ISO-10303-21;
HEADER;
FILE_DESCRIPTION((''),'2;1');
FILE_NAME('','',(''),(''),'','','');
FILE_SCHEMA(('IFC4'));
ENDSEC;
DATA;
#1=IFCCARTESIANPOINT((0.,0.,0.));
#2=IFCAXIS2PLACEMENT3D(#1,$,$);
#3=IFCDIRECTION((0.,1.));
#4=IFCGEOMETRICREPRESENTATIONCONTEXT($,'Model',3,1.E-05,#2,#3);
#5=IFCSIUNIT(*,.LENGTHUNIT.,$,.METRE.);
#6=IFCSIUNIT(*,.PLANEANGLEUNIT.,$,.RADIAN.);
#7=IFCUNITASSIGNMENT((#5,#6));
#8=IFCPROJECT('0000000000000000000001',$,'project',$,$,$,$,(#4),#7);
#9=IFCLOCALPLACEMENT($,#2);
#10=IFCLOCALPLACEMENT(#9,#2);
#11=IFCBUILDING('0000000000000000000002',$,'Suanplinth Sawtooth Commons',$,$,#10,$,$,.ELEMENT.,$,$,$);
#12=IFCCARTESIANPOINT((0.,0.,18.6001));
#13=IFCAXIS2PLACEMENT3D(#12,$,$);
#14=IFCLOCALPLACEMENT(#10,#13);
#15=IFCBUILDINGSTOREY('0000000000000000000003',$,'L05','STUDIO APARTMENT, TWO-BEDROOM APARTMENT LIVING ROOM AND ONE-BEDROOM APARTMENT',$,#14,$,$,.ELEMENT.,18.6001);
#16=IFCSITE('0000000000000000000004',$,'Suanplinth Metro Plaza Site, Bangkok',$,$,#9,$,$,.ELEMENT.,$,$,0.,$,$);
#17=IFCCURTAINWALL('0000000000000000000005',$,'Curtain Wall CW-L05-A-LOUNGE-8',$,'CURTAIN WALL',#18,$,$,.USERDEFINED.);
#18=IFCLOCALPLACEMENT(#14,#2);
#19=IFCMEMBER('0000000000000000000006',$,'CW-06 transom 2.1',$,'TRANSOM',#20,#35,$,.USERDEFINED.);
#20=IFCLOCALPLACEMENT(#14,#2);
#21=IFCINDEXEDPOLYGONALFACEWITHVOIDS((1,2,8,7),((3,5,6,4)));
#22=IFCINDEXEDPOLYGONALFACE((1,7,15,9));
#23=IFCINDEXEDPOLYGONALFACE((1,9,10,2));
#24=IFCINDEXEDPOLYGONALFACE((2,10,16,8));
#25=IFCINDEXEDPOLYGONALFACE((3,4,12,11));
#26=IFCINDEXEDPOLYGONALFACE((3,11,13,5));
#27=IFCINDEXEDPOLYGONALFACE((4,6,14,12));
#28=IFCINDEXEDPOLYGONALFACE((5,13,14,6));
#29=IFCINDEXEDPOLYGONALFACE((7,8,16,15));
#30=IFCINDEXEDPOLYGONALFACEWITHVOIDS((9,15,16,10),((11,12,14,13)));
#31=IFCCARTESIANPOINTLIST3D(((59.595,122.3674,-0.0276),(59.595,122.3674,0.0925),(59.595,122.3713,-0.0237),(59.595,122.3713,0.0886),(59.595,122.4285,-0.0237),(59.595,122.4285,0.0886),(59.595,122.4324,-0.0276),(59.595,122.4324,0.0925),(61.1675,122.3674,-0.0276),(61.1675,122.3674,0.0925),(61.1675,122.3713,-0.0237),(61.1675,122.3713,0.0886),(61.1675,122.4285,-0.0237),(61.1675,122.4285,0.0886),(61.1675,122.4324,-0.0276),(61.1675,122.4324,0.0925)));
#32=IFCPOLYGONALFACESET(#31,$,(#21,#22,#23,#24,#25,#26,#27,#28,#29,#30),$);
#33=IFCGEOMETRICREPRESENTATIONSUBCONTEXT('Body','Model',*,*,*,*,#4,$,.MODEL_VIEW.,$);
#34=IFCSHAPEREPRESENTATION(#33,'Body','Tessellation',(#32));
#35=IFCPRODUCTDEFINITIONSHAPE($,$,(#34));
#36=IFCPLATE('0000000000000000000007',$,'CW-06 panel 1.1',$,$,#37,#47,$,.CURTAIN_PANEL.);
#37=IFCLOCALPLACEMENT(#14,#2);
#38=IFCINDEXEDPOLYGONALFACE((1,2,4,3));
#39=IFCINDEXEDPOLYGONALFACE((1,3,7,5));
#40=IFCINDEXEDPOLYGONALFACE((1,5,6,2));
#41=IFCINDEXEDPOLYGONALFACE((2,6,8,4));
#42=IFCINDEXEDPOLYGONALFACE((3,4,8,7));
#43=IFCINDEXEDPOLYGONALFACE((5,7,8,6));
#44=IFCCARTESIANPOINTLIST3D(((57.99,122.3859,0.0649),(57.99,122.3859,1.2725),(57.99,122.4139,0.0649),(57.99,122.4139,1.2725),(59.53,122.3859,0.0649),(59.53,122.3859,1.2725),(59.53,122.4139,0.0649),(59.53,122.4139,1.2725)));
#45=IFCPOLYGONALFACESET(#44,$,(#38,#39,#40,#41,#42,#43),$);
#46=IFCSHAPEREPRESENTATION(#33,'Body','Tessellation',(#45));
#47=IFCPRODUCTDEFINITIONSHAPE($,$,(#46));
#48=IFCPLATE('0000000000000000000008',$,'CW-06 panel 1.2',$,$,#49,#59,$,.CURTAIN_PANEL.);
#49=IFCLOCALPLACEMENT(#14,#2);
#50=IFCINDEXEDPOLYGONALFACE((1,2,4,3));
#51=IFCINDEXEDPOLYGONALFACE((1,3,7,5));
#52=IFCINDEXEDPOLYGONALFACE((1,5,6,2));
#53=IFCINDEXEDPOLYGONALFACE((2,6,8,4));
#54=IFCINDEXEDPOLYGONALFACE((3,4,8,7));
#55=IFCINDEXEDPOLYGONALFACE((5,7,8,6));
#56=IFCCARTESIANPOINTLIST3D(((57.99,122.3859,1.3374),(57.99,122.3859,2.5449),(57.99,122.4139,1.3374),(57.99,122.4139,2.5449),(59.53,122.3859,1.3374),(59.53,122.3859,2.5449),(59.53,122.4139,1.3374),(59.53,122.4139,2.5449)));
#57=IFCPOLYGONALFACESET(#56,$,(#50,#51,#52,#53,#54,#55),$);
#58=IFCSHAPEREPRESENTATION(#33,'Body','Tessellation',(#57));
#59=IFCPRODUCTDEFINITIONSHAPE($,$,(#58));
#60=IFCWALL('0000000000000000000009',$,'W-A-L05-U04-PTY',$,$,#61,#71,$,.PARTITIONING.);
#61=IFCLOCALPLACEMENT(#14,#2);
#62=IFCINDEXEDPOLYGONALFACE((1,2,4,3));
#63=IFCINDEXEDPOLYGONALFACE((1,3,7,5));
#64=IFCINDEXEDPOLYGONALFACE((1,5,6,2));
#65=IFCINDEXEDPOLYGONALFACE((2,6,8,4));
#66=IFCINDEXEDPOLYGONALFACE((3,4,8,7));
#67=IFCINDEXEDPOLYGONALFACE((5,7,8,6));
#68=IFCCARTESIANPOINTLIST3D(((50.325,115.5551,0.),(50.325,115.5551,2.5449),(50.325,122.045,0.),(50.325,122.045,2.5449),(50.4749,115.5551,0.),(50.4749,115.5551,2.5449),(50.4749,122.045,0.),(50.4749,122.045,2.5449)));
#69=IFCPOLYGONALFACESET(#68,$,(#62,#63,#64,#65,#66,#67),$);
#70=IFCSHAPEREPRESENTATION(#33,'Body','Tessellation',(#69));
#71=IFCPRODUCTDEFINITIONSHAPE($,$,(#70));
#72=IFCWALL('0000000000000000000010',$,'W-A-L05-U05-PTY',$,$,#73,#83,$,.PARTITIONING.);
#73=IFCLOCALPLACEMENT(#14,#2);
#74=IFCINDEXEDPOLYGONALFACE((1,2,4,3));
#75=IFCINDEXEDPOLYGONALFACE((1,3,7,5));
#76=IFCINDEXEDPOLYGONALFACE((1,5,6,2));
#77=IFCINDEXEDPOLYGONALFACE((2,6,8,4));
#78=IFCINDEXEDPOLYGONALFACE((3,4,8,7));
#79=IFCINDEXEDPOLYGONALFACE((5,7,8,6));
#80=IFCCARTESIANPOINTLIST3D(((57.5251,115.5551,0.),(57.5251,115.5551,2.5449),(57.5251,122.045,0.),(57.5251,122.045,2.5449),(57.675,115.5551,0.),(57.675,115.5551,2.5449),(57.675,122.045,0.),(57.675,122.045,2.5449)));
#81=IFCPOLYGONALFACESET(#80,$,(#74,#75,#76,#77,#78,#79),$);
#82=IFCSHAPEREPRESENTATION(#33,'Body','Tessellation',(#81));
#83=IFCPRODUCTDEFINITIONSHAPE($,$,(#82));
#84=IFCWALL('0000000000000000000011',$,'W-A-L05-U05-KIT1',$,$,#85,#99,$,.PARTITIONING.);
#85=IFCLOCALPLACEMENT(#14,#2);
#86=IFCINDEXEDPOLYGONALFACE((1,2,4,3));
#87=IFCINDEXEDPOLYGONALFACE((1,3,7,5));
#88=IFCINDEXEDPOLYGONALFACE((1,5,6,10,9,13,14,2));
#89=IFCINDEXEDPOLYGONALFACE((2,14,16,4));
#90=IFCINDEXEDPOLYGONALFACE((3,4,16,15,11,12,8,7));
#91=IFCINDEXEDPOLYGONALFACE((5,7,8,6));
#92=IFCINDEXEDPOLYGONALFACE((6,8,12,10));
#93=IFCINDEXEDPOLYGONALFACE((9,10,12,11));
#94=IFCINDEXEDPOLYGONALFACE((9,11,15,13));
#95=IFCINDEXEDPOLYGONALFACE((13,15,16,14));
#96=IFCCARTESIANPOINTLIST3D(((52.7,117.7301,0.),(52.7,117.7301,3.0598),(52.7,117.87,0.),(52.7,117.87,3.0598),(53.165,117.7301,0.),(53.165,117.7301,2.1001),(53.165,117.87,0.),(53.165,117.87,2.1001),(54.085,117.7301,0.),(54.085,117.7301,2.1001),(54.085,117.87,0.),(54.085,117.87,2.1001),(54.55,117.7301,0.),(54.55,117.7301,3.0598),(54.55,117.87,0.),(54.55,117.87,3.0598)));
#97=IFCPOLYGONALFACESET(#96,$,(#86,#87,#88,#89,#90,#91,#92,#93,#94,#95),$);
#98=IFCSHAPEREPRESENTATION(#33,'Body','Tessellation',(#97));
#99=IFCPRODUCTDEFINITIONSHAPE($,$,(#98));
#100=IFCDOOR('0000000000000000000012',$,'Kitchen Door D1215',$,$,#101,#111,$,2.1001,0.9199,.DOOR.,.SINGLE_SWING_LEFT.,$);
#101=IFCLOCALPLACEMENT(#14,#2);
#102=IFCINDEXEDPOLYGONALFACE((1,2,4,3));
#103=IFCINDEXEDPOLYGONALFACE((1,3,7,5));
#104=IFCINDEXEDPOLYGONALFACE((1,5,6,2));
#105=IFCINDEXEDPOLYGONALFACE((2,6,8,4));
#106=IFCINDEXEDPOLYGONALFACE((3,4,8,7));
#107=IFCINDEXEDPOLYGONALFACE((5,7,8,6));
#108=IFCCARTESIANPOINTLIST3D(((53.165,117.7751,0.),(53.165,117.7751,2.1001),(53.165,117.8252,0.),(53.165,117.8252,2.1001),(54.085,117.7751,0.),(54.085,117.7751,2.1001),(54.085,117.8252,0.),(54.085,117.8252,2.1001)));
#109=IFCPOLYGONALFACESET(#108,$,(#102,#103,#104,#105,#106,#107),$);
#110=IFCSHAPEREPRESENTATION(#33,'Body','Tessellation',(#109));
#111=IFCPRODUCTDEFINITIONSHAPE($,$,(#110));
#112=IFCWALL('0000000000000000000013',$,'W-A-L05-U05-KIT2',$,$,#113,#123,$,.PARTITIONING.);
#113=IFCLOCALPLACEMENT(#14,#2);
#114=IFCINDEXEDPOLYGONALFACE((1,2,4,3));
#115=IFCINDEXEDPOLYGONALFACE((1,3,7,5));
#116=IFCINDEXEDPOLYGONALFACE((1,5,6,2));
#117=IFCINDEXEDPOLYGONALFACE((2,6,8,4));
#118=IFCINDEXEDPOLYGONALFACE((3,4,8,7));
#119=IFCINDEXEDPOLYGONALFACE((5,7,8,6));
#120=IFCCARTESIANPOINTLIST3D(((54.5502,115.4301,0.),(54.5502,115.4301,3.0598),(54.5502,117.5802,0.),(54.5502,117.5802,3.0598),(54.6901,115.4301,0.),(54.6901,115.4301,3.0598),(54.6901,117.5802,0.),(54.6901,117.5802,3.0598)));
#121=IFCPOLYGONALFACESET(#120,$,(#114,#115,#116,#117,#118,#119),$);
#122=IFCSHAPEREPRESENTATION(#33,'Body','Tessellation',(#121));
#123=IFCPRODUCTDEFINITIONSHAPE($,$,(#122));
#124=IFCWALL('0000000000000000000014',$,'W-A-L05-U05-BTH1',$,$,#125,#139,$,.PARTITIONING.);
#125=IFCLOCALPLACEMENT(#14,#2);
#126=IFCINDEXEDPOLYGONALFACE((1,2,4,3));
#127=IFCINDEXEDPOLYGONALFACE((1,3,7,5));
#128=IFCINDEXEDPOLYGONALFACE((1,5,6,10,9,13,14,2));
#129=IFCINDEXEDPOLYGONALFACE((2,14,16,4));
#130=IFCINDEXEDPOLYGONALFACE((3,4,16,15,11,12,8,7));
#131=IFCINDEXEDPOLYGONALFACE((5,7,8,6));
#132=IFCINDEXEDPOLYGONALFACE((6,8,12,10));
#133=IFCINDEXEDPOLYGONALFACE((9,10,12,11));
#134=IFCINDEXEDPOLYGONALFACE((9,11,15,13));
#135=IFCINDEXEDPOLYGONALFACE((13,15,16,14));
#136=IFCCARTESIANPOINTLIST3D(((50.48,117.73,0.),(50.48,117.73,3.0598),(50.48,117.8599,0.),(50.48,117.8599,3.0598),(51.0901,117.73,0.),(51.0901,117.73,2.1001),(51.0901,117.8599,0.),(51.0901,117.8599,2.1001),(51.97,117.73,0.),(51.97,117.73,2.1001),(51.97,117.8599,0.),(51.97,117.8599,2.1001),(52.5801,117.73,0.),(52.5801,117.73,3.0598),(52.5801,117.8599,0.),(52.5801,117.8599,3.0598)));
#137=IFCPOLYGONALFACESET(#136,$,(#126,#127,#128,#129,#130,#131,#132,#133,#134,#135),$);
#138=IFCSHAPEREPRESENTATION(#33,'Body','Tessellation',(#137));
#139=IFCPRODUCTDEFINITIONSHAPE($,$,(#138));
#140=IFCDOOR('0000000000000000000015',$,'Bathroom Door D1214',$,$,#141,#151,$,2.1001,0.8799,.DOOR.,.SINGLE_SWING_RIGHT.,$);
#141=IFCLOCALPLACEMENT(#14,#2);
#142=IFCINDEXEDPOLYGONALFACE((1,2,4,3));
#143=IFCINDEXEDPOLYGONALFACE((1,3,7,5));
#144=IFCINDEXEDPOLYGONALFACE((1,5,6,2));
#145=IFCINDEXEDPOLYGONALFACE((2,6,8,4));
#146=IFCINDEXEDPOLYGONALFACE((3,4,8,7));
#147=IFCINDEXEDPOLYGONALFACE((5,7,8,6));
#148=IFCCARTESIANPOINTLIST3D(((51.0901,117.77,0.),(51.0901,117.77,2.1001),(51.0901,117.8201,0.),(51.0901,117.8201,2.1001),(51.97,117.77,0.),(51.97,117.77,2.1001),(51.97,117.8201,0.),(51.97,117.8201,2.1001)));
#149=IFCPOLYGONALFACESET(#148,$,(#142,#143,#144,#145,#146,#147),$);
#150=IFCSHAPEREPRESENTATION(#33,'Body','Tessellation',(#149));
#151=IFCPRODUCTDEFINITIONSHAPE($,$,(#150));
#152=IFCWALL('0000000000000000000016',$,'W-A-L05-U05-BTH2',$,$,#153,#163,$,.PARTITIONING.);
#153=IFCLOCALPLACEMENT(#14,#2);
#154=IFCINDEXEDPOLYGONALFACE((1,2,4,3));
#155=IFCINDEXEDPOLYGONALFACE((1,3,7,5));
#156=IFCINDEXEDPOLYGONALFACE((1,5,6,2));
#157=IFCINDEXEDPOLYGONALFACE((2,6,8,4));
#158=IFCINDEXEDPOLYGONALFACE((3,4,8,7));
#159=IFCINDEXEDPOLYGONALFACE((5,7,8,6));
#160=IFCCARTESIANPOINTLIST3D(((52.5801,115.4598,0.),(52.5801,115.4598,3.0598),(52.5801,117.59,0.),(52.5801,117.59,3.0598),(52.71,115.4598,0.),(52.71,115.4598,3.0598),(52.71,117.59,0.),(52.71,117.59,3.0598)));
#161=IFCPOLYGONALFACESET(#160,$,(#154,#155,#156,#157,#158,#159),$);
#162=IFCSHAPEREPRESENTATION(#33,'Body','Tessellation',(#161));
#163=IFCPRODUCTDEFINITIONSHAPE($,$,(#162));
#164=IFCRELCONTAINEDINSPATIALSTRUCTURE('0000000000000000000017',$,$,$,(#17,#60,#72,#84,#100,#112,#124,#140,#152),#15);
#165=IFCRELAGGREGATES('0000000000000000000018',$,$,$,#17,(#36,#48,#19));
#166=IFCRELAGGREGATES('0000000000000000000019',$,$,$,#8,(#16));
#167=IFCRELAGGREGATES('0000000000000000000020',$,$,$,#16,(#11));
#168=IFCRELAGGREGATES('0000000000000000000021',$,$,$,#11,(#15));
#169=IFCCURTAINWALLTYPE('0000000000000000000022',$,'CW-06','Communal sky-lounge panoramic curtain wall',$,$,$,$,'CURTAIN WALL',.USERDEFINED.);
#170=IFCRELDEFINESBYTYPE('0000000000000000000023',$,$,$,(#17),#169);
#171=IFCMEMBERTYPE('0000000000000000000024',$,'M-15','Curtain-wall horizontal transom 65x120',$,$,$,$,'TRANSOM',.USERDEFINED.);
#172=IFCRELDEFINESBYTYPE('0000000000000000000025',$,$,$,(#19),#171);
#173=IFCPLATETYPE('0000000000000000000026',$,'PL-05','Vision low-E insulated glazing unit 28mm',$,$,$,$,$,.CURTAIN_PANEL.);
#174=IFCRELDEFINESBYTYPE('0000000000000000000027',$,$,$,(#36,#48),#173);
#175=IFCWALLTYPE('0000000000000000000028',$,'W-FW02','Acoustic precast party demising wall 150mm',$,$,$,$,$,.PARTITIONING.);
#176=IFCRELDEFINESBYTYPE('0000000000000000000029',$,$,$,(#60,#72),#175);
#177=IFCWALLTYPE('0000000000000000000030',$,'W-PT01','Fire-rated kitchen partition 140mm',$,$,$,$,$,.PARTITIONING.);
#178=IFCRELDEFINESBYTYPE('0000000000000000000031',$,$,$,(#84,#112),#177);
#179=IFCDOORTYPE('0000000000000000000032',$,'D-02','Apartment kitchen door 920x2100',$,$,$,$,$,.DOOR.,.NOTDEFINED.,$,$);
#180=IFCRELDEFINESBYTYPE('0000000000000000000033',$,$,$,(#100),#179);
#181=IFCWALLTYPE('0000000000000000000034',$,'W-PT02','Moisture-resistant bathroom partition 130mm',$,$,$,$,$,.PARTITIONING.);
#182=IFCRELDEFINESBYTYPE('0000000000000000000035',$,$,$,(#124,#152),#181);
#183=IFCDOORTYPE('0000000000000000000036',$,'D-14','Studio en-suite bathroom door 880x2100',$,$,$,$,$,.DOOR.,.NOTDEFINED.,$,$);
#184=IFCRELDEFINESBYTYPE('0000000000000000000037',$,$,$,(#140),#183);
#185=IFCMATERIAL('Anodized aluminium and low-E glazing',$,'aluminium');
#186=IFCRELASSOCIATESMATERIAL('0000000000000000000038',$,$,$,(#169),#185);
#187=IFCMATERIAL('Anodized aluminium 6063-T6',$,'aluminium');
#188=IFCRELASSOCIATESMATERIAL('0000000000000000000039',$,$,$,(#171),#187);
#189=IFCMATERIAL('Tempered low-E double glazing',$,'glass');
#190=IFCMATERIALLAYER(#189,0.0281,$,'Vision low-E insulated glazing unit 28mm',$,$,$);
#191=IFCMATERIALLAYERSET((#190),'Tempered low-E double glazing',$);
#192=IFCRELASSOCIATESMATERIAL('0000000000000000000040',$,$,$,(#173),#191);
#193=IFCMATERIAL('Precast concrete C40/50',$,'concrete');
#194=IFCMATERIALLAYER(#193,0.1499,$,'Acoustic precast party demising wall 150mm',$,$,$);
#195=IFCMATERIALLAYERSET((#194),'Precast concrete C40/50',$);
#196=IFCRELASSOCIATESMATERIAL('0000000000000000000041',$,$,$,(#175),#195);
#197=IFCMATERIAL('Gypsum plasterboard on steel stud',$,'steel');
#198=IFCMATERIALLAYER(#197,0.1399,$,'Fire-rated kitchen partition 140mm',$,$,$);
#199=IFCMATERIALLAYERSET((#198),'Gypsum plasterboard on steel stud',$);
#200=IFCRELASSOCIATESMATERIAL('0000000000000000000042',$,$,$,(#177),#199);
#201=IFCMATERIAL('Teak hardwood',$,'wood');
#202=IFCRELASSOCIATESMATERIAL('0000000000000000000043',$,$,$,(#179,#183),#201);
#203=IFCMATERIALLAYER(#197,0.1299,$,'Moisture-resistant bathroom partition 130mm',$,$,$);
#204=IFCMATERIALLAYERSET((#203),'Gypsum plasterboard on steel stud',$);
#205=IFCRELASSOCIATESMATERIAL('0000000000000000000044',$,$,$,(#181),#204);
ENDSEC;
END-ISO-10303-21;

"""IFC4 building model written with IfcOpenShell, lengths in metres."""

from ifc_helpers import new_model, si_unit, direction, frame, frame_2d, origin, origin_2d, place, context, subcontext, project, spatial, rectangle, hollow_rectangle, extrude, material, layer, layer_set, material_profile, profile_set, type_object, element, fill, aggregate, save


model = new_model("IFC4")

# Units and contexts
model_context = context("Model", 3, precision=1e-05, world=origin(), true_north=direction((0.0, 1.0)))
body_context = subcontext(model_context, "Body", "Model", "MODEL_VIEW")
ifc_project = project(units=[si_unit("LENGTHUNIT", "METRE"), si_unit("PLANEANGLEUNIT", "RADIAN")], contexts=[model_context])

# Site, building, storey
site_placement = place(None, origin())
site = spatial("IfcSite", under=ifc_project, at=site_placement, Name="Suanplinth Metro Plaza Site, Bangkok", CompositionType="ELEMENT", RefElevation=0.0)
building_placement = place(site_placement, origin())
building = spatial("IfcBuilding", under=site, at=building_placement, Name="Suanplinth Sawtooth Commons", CompositionType="ELEMENT")
storey_placement = place(building_placement, frame((0.0, 0.0, 18.6001)))
storey = spatial("IfcBuildingStorey", under=building, at=storey_placement, Name="L05", Description="STUDIO APARTMENT, TWO-BEDROOM APARTMENT LIVING ROOM AND ONE-BEDROOM APARTMENT", CompositionType="ELEMENT", Elevation=18.6001)

# Shared definitions
ifc_material_1 = material(Name="Precast concrete C40/50", Category="concrete")

# Curtain wall, member, plates
ifc_material_2 = material(Name="Anodized aluminium and low-E glazing", Category="aluminium")
curtain_wall_type = type_object("IfcCurtainWallType", Name="CW-06", Description="Communal sky-lounge panoramic curtain wall", ElementType="CURTAIN WALL", PredefinedType="USERDEFINED", material=ifc_material_2)
curtain_wall_placement = place(storey_placement, origin())
curtain_wall = element("IfcCurtainWall", 1, at=curtain_wall_placement, inside=storey, type_object=curtain_wall_type, Name="Curtain Wall CW-L05-A-LOUNGE-8", ObjectType="CURTAIN WALL", PredefinedType="USERDEFINED")
ifc_material_3 = material(Name="Anodized aluminium 6063-T6", Category="aluminium")
ifc_material_profile_1 = material_profile(ifc_material_3, hollow_rectangle(XDim=0.0649, YDim=0.1201, WallThickness=0.0039, at=origin_2d()), Name="ALU-TRN 65x120")
ifc_profile_set_1 = profile_set([ifc_material_profile_1], Name="Anodized aluminium 6063-T6")
member_type_1 = type_object("IfcMemberType", Name="M-15", Description="Curtain-wall horizontal transom 65x120", ElementType="TRANSOM", PredefinedType="USERDEFINED", material=ifc_profile_set_1)
member_1_placement = place(storey_placement, frame((59.595, 122.3999, 0.0325), z_axis=(1.0, 0.0, 0.0), x_axis=(0.0, 1.0, 0.0)))
member_1 = element("IfcMember", 2, at=member_1_placement, type_object=member_type_1, Name="CW-06 transom 2.1", ObjectType="TRANSOM", PredefinedType="USERDEFINED", context=body_context, shape_type="SweptSolid", body=[
    extrude(hollow_rectangle(XDim=0.0649, YDim=0.1201, WallThickness=0.0039, at=origin_2d()), origin(), (0.0, 0.0, 1.0), 1.5725),
])
ifc_material_4 = material(Name="Tempered low-E double glazing", Category="glass")
ifc_layer_1 = layer(ifc_material_4, 0.0281, Name="Vision low-E insulated glazing unit 28mm")
ifc_layer_set_1 = layer_set([ifc_layer_1], Name="Tempered low-E double glazing")
plate_type = type_object("IfcPlateType", Name="PL-05", Description="Vision low-E insulated glazing unit 28mm", PredefinedType="CURTAIN_PANEL", material=ifc_layer_set_1)
plate_1_placement = place(storey_placement, frame((58.76, 122.3999, 0.0649), z_axis=(0.0, 0.0, 1.0), x_axis=(1.0, 0.0, 0.0)))
plate_1 = element("IfcPlate", 3, at=plate_1_placement, type_object=plate_type, Name="CW-06 panel 1.1", PredefinedType="CURTAIN_PANEL", context=body_context, shape_type="SweptSolid", body=[
    extrude(rectangle(XDim=1.54, YDim=0.0281, at=origin_2d()), origin(), (0.0, 0.0, 1.0), 1.2075),
])
plate_2_placement = place(storey_placement, frame((58.76, 122.3999, 1.3374), z_axis=(0.0, 0.0, 1.0), x_axis=(1.0, 0.0, 0.0)))
plate_2 = element("IfcPlate", 4, at=plate_2_placement, type_object=plate_type, Name="CW-06 panel 1.2", PredefinedType="CURTAIN_PANEL", context=body_context, shape_type="SweptSolid", body=[
    extrude(rectangle(XDim=1.54, YDim=0.0281, at=origin_2d()), origin(), (0.0, 0.0, 1.0), 1.2075),
])
aggregate(curtain_wall, [plate_1, plate_2, member_1])

# Walls
ifc_layer_2 = layer(ifc_material_1, 0.1499, Name="Acoustic precast party demising wall 150mm")
ifc_layer_set_2 = layer_set([ifc_layer_2], Name="Precast concrete C40/50")
wall_type_1 = type_object("IfcWallType", Name="W-FW02", Description="Acoustic precast party demising wall 150mm", PredefinedType="PARTITIONING", material=ifc_layer_set_2)
for number, where, z_axis, x_axis, name in (
    (5, (50.3999, 115.5549, 0.0), (0.0, 0.0, 1.0), (0.0, 1.0, 0.0), "W-A-L05-U04-PTY"),
    (6, (57.6001, 115.5549, 0.0), (0.0, 0.0, 1.0), (0.0, 1.0, 0.0), "W-A-L05-U05-PTY"),
):
    element("IfcWall", number, at=place(storey_placement, frame(where, z_axis=z_axis, x_axis=x_axis)), inside=storey, type_object=wall_type_1, Name=name, PredefinedType="PARTITIONING", context=body_context, shape_type="SweptSolid", body=[
        extrude(rectangle(XDim=6.49, YDim=0.1499, at=frame_2d((3.2451, 0.0))), origin(), (0.0, 0.0, 1.0), 2.5449),
    ])

# Wall, opening, door
ifc_material_5 = material(Name="Gypsum plasterboard on steel stud", Category="steel")
ifc_layer_3 = layer(ifc_material_5, 0.1399, Name="Fire-rated kitchen partition 140mm")
ifc_layer_set_3 = layer_set([ifc_layer_3], Name="Gypsum plasterboard on steel stud")
wall_type_2 = type_object("IfcWallType", Name="W-PT01", Description="Fire-rated kitchen partition 140mm", PredefinedType="PARTITIONING", material=ifc_layer_set_3)
wall_1_placement = place(storey_placement, frame((52.7, 117.8, 0.0), z_axis=(0.0, 0.0, 1.0), x_axis=(1.0, 0.0, 0.0)))
wall_1 = element("IfcWall", 7, at=wall_1_placement, inside=storey, type_object=wall_type_2, Name="W-A-L05-U05-KIT1", PredefinedType="PARTITIONING", context=body_context, shape_type="SweptSolid", body=[
    extrude(rectangle(XDim=1.8501, YDim=0.1399, at=frame_2d((0.925, 0.0))), origin(), (0.0, 0.0, 1.0), 3.0598),
])
opening_1_placement = place(wall_1_placement, frame((0.4651, 0.0, 0.0)))
opening_1 = element("IfcOpeningElement", 8, at=opening_1_placement, cuts=wall_1, PredefinedType="OPENING", context=body_context, shape_type="SweptSolid", body=[
    extrude(rectangle(XDim=0.9199, YDim=2.1001, at=frame_2d((0.46, 1.05))), frame((0.0, 0.085, 0.0), z_axis=(0.0, -1.0, 0.0), x_axis=(1.0, 0.0, 0.0)), (0.0, 0.0, 1.0), 0.1697),
])
ifc_material_6 = material(Name="Teak hardwood", Category="wood")
door_type_1 = type_object("IfcDoorType", Name="D-02", Description="Apartment kitchen door 920x2100", OperationType="NOTDEFINED", PredefinedType="DOOR", material=ifc_material_6)
door_1_placement = place(opening_1_placement, frame((0.9199, 0.0, 0.0), z_axis=(0.0, 0.0, 1.0), x_axis=(-1.0, 0.0, 0.0)))
door_1 = element("IfcDoor", 9, at=door_1_placement, inside=storey, type_object=door_type_1, Name="Kitchen Door D1215", OperationType="SINGLE_SWING_LEFT", OverallHeight=2.1001, OverallWidth=0.9199, PredefinedType="DOOR", context=body_context, shape_type="SweptSolid", body=[
    extrude(rectangle(XDim=0.9199, YDim=2.1001, at=frame_2d((0.46, 1.05))), frame((0.0, 0.0249, 0.0), z_axis=(0.0, -1.0, 0.0), x_axis=(1.0, 0.0, 0.0)), (0.0, 0.0, 1.0), 0.05),
])
fill(opening_1, door_1)

# Wall
wall_2_placement = place(storey_placement, frame((54.6201, 115.4299, 0.0), z_axis=(0.0, 0.0, 1.0), x_axis=(0.0, 1.0, 0.0)))
element("IfcWall", 10, at=wall_2_placement, inside=storey, type_object=wall_type_2, Name="W-A-L05-U05-KIT2", PredefinedType="PARTITIONING", context=body_context, shape_type="SweptSolid", body=[
    extrude(rectangle(XDim=2.1501, YDim=0.1399, at=frame_2d((1.0752, 0.0))), origin(), (0.0, 0.0, 1.0), 3.0598),
])

# Wall, opening, door
ifc_layer_4 = layer(ifc_material_5, 0.1299, Name="Moisture-resistant bathroom partition 130mm")
ifc_layer_set_4 = layer_set([ifc_layer_4], Name="Gypsum plasterboard on steel stud")
wall_type_3 = type_object("IfcWallType", Name="W-PT02", Description="Moisture-resistant bathroom partition 130mm", PredefinedType="PARTITIONING", material=ifc_layer_set_4)
wall_3_placement = place(storey_placement, frame((50.48, 117.7949, 0.0), z_axis=(0.0, 0.0, 1.0), x_axis=(1.0, 0.0, 0.0)))
wall_3 = element("IfcWall", 11, at=wall_3_placement, inside=storey, type_object=wall_type_3, Name="W-A-L05-U05-BTH1", PredefinedType="PARTITIONING", context=body_context, shape_type="SweptSolid", body=[
    extrude(rectangle(XDim=2.1001, YDim=0.1299, at=frame_2d((1.05, 0.0))), origin(), (0.0, 0.0, 1.0), 3.0598),
])
opening_2_placement = place(wall_3_placement, frame((0.6101, 0.0, 0.0)))
opening_2 = element("IfcOpeningElement", 12, at=opening_2_placement, cuts=wall_3, PredefinedType="OPENING", context=body_context, shape_type="SweptSolid", body=[
    extrude(rectangle(XDim=0.8799, YDim=2.1001, at=frame_2d((0.4399, 1.05))), frame((0.0, 0.0798, 0.0), z_axis=(0.0, -1.0, 0.0), x_axis=(1.0, 0.0, 0.0)), (0.0, 0.0, 1.0), 0.1597),
])
door_type_2 = type_object("IfcDoorType", Name="D-14", Description="Studio en-suite bathroom door 880x2100", OperationType="NOTDEFINED", PredefinedType="DOOR", material=ifc_material_6)
door_2_placement = place(opening_2_placement, frame((0.8799, 0.0, 0.0), z_axis=(0.0, 0.0, 1.0), x_axis=(-1.0, 0.0, 0.0)))
door_2 = element("IfcDoor", 13, at=door_2_placement, inside=storey, type_object=door_type_2, Name="Bathroom Door D1214", OperationType="SINGLE_SWING_RIGHT", OverallHeight=2.1001, OverallWidth=0.8799, PredefinedType="DOOR", context=body_context, shape_type="SweptSolid", body=[
    extrude(rectangle(XDim=0.8799, YDim=2.1001, at=frame_2d((0.4399, 1.05))), frame((0.0, 0.0249, 0.0), z_axis=(0.0, -1.0, 0.0), x_axis=(1.0, 0.0, 0.0)), (0.0, 0.0, 1.0), 0.05),
])
fill(opening_2, door_2)

# Wall
wall_4_placement = place(storey_placement, frame((52.645, 115.46, 0.0), z_axis=(0.0, 0.0, 1.0), x_axis=(0.0, 1.0, 0.0)))
element("IfcWall", 14, at=wall_4_placement, inside=storey, type_object=wall_type_3, Name="W-A-L05-U05-BTH2", PredefinedType="PARTITIONING", context=body_context, shape_type="SweptSolid", body=[
    extrude(rectangle(XDim=2.1301, YDim=0.1299, at=frame_2d((1.0649, 0.0))), origin(), (0.0, 0.0, 1.0), 3.0598),
])

save(model, "model.ifc")
